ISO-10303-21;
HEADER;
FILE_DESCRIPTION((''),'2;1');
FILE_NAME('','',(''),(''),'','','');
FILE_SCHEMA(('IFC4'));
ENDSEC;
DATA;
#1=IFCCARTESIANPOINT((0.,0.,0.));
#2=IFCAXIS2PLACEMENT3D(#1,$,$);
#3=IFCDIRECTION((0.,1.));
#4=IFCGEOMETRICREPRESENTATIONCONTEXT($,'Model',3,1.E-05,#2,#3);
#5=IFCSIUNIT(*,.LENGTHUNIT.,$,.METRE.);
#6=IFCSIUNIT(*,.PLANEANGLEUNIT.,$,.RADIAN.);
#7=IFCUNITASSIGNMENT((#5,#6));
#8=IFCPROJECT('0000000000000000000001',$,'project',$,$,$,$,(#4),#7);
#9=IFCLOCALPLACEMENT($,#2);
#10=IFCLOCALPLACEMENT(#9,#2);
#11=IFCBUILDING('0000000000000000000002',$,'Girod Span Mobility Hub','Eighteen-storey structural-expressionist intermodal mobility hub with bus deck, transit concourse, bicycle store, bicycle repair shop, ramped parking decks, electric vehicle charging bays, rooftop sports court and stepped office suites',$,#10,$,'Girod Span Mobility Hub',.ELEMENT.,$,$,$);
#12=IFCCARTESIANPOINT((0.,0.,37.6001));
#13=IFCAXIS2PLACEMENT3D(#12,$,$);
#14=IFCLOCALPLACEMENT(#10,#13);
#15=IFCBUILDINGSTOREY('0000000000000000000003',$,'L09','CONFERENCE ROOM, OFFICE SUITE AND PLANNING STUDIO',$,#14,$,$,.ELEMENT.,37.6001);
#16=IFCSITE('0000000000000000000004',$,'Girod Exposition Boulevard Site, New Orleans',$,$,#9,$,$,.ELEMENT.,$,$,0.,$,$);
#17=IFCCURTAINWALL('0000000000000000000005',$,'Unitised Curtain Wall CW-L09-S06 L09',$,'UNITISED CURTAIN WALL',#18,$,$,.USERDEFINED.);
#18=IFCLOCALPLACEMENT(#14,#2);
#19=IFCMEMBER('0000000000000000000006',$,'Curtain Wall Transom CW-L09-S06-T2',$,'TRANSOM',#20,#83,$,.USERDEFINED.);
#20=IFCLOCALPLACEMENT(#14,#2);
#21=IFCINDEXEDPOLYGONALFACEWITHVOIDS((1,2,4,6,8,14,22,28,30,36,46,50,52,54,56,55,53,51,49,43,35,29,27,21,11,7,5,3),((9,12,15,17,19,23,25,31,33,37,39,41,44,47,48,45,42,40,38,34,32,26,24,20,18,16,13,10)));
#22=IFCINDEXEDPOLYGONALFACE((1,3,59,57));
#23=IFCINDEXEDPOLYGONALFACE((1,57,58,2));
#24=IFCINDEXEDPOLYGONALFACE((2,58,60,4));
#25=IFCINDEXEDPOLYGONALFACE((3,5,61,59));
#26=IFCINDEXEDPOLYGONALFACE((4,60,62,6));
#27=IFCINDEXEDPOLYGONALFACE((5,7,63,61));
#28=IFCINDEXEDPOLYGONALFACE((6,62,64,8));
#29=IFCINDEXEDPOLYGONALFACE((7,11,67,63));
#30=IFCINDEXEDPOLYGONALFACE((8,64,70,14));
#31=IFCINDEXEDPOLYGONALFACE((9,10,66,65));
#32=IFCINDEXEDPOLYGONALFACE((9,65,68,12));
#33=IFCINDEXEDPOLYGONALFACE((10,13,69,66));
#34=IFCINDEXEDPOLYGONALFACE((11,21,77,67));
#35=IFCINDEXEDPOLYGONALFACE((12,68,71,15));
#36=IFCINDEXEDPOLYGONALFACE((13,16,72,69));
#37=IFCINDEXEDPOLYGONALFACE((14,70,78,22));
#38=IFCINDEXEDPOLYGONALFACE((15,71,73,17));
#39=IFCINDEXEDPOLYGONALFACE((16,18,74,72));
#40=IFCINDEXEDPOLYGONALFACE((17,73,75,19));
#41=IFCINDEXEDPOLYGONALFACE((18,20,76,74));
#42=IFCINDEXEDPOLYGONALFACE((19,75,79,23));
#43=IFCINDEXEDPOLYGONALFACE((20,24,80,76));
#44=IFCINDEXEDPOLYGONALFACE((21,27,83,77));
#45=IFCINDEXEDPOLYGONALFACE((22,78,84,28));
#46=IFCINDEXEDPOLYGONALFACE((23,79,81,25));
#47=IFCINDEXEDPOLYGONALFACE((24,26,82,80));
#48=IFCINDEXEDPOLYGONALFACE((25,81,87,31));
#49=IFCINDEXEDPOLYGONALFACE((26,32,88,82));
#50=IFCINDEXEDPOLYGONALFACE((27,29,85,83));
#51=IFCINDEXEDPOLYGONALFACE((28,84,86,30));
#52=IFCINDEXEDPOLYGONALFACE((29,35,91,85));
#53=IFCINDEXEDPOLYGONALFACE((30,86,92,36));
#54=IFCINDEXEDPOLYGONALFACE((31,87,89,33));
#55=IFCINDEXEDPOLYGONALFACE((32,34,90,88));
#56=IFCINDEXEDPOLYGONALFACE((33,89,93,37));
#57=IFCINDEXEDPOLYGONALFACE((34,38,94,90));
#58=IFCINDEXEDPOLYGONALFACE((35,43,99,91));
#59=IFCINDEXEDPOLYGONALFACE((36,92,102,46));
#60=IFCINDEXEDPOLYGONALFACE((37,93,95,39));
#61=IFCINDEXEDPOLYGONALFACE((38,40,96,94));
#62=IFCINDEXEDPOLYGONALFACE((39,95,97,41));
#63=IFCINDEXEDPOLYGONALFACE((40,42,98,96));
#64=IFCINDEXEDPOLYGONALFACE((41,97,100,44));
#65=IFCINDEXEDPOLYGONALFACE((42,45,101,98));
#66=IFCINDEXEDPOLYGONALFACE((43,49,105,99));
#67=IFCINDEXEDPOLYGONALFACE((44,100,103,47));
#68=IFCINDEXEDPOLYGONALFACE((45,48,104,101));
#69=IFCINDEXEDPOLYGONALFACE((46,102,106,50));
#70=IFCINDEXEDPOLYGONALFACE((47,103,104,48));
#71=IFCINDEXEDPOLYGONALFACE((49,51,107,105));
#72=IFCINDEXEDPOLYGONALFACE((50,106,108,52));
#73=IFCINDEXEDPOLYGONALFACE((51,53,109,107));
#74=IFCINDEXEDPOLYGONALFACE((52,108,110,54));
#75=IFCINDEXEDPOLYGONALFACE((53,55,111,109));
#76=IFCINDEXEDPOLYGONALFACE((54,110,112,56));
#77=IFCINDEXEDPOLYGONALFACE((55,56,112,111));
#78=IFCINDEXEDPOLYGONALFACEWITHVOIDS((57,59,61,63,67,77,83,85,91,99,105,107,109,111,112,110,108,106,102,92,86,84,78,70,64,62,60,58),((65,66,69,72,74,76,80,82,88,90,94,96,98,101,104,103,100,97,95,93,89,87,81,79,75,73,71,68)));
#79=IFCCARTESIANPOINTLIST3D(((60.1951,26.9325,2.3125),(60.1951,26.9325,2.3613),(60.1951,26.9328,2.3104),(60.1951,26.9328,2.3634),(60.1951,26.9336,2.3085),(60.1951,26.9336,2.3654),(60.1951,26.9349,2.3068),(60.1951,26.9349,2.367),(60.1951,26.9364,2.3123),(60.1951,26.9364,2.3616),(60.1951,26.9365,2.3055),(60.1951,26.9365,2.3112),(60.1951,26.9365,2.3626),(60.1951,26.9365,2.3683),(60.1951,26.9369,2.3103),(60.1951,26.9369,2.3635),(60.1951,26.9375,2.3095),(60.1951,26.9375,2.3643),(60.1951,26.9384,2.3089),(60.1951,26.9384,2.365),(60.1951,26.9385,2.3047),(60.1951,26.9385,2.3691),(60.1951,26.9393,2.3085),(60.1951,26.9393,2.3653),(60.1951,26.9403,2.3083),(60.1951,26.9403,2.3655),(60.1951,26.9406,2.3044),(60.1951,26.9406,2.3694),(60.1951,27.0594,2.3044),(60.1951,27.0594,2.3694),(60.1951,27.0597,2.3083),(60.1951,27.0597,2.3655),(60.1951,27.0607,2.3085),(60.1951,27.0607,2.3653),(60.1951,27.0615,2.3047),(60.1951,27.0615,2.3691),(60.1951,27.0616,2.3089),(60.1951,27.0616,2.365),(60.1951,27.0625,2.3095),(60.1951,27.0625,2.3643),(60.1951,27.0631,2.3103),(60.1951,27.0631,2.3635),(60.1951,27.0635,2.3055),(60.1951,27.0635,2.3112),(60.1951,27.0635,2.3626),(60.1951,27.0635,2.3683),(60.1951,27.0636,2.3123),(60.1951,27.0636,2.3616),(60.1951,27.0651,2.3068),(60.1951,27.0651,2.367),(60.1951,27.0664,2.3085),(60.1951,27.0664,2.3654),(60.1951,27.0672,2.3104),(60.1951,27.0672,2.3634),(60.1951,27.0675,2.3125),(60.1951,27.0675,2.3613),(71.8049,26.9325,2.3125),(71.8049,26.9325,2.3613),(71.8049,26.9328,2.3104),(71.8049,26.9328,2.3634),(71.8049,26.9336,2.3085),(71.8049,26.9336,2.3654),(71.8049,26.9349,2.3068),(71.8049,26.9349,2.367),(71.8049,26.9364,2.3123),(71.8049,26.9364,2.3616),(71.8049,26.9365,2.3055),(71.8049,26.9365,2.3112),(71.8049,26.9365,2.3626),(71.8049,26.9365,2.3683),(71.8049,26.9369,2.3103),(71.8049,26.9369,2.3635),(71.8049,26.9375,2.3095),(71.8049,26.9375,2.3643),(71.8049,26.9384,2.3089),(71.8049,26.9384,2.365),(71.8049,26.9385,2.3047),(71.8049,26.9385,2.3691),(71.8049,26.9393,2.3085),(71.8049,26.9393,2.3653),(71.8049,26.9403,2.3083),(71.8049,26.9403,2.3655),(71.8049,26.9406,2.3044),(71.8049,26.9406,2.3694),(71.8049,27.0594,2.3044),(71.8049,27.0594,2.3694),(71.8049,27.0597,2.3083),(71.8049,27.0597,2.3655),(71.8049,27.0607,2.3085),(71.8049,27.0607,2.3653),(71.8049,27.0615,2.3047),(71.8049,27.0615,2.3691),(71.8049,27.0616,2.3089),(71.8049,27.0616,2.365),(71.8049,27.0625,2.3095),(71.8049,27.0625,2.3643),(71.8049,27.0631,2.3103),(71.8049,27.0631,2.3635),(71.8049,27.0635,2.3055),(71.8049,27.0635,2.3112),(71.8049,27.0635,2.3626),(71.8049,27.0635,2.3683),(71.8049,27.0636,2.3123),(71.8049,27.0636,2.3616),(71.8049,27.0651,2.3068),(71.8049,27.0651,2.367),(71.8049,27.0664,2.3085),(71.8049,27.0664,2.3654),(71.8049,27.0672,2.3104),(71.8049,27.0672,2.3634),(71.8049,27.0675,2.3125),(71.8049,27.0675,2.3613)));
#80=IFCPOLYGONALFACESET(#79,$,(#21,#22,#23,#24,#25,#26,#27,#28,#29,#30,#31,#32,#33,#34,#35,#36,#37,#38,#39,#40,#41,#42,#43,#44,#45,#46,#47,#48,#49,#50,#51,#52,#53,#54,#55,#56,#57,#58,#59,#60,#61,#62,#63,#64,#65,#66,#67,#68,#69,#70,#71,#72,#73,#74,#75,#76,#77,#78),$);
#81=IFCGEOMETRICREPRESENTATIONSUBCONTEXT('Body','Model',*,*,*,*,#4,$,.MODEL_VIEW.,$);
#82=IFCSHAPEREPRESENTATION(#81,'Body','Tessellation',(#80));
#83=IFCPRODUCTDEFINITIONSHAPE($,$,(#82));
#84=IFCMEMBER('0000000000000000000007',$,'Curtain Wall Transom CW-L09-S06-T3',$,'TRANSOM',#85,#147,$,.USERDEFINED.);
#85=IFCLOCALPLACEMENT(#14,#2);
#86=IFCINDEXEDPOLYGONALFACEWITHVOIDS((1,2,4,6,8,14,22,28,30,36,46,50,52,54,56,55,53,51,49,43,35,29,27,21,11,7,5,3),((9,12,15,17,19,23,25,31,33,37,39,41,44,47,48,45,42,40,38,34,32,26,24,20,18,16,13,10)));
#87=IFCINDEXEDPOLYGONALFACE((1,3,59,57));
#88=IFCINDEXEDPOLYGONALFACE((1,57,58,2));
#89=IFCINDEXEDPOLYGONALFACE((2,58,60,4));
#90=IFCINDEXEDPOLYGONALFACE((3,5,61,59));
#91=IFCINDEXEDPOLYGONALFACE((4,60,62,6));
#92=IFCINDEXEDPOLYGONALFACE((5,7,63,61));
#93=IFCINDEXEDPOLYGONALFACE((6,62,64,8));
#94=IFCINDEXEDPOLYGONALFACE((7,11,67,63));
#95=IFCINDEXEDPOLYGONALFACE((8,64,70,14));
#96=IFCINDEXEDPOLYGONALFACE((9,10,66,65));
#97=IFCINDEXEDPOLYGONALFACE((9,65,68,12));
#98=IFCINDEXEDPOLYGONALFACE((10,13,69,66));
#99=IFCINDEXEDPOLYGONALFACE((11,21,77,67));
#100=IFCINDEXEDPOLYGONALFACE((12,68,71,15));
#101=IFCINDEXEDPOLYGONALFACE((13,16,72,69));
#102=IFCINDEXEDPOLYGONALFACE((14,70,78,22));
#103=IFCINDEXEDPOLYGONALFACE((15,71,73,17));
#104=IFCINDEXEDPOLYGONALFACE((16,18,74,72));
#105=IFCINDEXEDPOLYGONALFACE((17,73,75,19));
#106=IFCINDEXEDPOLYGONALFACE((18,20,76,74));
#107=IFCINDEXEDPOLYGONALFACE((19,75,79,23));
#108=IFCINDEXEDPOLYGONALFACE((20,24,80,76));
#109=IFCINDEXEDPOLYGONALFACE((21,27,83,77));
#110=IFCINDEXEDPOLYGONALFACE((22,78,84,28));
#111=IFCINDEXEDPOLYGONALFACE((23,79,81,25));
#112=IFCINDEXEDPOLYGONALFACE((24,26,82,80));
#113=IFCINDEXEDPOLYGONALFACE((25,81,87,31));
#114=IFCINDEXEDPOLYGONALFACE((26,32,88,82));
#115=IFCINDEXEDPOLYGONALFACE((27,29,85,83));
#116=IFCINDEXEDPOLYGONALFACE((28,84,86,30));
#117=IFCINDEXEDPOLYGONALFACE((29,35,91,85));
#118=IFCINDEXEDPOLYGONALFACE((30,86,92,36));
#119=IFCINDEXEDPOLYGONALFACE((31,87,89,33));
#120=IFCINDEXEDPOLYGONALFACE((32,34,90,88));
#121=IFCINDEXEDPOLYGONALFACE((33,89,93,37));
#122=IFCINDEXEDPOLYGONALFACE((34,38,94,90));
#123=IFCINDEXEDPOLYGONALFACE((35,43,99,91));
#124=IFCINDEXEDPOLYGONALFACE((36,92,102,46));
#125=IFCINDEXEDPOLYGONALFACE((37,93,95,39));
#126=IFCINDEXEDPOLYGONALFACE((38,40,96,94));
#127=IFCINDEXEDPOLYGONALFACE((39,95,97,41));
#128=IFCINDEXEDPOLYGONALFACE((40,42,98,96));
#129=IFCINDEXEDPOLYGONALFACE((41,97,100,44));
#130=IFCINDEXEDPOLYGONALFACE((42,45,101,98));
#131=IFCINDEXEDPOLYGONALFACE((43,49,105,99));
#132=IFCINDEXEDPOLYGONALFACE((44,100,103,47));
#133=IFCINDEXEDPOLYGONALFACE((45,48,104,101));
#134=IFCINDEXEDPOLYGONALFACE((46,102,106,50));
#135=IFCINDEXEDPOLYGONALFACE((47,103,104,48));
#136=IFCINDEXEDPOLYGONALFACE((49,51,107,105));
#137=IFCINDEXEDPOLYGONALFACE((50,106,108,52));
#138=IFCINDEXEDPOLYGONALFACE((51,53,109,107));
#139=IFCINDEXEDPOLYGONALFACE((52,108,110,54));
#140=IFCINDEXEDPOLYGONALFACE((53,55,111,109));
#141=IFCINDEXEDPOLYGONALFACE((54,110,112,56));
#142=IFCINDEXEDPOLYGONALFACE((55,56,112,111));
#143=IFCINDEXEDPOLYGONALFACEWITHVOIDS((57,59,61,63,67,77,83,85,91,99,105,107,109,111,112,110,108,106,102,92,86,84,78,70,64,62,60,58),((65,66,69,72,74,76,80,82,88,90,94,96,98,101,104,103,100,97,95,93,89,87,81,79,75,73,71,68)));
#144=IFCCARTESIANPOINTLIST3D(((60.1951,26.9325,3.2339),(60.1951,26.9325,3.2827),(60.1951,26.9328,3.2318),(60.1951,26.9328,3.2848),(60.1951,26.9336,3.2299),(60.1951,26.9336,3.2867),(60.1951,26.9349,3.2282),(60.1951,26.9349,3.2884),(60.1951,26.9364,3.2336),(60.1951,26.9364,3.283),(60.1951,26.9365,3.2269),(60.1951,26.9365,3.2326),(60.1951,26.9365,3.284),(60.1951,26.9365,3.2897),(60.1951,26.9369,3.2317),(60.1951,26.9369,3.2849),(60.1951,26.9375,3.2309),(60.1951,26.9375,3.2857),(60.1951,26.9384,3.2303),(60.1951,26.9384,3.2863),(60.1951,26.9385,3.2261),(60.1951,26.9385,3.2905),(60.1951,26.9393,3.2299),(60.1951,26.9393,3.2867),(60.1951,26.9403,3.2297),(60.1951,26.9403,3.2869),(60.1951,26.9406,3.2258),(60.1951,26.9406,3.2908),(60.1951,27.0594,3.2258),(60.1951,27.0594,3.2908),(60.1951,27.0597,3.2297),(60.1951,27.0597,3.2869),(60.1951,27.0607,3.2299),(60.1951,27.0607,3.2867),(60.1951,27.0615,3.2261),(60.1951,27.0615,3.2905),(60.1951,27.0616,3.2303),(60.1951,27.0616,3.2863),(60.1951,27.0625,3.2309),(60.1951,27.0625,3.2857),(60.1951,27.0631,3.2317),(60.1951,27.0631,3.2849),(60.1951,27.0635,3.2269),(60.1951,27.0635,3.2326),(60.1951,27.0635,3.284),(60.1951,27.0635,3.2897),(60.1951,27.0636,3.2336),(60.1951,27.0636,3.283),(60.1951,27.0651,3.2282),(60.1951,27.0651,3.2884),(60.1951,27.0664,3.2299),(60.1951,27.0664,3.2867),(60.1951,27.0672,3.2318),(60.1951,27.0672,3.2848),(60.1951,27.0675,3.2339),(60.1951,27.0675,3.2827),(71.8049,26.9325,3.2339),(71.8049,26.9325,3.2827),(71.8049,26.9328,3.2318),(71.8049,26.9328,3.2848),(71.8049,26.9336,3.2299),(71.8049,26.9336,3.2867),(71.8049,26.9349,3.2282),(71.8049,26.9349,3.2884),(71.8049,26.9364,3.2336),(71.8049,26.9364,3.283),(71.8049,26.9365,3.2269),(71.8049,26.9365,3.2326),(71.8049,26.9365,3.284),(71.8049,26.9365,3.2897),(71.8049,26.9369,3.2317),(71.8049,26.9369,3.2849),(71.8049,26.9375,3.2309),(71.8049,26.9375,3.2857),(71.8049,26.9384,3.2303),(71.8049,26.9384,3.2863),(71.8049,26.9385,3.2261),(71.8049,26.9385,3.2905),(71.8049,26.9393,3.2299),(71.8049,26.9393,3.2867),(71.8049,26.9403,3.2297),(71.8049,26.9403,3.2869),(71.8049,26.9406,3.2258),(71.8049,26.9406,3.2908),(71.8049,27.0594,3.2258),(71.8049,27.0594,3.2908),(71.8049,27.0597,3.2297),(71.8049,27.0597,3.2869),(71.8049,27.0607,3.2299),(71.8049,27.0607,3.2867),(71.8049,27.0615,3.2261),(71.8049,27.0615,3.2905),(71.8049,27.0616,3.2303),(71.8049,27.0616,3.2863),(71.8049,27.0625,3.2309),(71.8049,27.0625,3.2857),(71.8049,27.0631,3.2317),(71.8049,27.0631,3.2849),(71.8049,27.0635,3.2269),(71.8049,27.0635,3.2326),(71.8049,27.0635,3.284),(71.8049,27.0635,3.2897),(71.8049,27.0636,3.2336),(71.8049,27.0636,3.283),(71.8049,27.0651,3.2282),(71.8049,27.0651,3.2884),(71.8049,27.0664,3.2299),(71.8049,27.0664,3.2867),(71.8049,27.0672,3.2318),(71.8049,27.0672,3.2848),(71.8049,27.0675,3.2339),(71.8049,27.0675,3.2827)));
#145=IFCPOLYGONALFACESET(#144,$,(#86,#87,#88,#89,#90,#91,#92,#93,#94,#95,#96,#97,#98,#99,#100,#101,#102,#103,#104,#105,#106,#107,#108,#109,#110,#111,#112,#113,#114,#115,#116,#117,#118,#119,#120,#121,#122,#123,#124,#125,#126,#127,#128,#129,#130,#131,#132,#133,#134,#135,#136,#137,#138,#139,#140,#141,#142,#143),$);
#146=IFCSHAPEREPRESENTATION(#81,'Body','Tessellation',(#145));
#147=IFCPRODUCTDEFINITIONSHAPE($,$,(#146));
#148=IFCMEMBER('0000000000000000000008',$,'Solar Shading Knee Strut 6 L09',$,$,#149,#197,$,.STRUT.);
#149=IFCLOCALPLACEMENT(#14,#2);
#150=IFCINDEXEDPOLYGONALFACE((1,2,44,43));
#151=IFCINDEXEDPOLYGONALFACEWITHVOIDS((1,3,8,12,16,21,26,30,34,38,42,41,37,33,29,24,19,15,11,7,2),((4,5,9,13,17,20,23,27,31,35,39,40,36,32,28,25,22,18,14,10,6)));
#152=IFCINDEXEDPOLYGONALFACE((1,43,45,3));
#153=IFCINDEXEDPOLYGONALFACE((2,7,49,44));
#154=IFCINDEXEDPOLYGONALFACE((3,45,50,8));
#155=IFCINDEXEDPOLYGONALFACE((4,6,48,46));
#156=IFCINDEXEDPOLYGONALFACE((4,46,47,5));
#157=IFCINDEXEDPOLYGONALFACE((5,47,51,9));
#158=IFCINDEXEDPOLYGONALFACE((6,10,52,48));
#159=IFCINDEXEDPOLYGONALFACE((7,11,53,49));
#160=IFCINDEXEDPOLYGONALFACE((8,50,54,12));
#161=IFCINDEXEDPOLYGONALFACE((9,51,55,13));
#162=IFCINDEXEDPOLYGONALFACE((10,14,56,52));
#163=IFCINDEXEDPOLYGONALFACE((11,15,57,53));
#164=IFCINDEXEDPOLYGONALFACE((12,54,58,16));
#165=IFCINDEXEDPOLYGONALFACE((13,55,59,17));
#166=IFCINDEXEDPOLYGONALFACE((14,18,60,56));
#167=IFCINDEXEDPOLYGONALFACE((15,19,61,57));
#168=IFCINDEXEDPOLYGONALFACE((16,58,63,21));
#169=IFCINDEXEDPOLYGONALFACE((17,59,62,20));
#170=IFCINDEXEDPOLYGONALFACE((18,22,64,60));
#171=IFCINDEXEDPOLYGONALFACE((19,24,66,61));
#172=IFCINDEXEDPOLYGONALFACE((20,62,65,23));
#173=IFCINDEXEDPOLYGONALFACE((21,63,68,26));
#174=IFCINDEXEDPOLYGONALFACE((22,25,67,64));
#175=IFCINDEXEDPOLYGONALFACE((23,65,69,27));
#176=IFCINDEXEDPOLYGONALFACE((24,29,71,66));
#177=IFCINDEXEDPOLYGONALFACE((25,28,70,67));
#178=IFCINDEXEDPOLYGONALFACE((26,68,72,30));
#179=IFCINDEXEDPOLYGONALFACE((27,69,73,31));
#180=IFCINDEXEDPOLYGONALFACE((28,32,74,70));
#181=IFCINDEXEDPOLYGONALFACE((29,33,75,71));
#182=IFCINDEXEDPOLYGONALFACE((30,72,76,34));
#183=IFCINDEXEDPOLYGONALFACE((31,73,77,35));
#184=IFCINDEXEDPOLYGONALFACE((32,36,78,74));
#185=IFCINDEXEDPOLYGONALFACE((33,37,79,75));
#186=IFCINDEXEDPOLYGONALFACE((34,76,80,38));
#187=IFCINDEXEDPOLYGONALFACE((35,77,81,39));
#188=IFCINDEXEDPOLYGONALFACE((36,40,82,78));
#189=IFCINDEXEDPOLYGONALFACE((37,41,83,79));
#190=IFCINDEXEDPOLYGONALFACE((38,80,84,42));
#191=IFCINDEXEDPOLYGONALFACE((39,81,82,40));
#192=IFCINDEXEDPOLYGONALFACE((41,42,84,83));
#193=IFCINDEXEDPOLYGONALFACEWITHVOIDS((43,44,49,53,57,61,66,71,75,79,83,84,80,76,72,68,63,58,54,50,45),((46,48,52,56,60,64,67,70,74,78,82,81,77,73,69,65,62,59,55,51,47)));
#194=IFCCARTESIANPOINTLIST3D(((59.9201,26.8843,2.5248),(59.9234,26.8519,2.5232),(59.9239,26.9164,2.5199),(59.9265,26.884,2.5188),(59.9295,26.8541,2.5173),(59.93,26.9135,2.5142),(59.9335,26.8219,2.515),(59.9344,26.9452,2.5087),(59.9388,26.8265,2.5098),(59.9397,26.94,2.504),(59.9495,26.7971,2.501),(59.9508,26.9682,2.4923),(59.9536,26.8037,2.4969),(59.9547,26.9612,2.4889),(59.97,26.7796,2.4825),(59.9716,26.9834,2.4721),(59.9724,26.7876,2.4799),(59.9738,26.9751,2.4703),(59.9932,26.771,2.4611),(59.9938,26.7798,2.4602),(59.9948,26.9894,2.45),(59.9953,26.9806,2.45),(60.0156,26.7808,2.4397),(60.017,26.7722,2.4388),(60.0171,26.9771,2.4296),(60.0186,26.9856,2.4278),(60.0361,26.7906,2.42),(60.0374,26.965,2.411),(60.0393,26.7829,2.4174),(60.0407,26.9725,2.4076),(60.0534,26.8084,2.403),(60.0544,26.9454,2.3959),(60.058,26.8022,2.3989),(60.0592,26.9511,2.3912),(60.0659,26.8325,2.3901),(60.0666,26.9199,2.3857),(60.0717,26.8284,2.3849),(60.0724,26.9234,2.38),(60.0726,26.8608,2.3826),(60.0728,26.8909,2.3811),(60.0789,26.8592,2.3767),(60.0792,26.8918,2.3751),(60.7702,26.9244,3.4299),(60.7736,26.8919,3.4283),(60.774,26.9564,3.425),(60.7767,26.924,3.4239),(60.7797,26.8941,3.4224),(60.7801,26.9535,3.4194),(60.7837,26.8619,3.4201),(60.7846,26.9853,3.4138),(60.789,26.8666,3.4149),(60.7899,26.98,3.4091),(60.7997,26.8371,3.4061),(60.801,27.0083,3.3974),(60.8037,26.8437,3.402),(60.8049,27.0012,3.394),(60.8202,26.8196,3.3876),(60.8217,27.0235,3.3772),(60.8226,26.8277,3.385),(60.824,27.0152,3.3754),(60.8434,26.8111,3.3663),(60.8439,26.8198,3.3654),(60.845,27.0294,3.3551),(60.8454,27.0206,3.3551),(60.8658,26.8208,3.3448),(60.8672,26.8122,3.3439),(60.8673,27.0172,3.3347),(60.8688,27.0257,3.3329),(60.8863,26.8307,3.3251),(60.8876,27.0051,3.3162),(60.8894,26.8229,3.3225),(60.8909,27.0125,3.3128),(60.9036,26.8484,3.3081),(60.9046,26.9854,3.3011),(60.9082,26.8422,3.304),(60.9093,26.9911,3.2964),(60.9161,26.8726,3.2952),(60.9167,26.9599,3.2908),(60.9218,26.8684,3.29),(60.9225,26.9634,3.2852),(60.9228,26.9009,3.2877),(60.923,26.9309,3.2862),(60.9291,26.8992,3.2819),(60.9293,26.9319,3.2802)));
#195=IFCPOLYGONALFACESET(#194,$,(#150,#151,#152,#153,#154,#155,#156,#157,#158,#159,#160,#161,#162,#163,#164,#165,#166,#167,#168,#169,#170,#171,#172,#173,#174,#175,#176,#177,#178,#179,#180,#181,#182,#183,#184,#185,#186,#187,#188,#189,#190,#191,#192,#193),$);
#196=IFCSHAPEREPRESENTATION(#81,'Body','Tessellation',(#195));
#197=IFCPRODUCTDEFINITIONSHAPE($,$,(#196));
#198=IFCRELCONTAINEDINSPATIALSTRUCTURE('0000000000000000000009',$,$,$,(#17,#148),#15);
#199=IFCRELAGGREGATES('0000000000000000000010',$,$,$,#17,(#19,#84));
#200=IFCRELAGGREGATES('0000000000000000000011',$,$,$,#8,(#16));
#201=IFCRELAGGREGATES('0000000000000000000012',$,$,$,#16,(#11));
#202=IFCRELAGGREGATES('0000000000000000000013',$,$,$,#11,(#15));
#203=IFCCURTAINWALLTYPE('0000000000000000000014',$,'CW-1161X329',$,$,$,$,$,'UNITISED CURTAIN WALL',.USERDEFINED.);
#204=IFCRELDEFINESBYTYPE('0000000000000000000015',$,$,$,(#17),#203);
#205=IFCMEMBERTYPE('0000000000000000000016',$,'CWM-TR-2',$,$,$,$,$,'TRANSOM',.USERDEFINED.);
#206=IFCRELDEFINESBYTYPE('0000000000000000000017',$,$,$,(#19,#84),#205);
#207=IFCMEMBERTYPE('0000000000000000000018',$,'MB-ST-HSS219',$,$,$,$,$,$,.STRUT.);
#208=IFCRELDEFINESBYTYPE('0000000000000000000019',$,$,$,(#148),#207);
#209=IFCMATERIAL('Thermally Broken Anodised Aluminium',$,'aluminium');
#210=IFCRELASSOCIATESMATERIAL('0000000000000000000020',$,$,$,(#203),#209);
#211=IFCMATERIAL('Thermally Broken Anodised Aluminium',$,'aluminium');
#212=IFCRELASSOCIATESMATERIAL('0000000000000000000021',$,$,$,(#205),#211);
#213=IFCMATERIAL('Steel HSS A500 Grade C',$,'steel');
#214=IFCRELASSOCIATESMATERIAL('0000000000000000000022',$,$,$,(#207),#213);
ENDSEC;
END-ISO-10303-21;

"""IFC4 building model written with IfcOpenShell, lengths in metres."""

from ifc_helpers import new_model, si_unit, direction, frame, origin, origin_2d, place, context, subcontext, project, spatial, hollow_rectangle, hollow_circle, extrude, material, material_profile, profile_set, type_object, element, aggregate, save


model = new_model("IFC4")

# Units and contexts
model_context = context("Model", 3, precision=1e-05, world=origin(), true_north=direction((0.0, 1.0)))
body_context = subcontext(model_context, "Body", "Model", "MODEL_VIEW")
ifc_project = project(units=[si_unit("LENGTHUNIT", "METRE"), si_unit("PLANEANGLEUNIT", "RADIAN")], contexts=[model_context])

# Site, building, storey
site_placement = place(None, origin())
site = spatial("IfcSite", under=ifc_project, at=site_placement, Name="Girod Exposition Boulevard Site, New Orleans", CompositionType="ELEMENT", RefElevation=0.0)
building_placement = place(site_placement, origin())
building = spatial("IfcBuilding", under=site, at=building_placement, Name="Girod Span Mobility Hub", Description="Eighteen-storey structural-expressionist intermodal mobility hub with bus deck, transit concourse, bicycle store, bicycle repair shop, ramped parking decks, electric vehicle charging bays, rooftop sports court and stepped office suites", LongName="Girod Span Mobility Hub", CompositionType="ELEMENT")
storey_placement = place(building_placement, frame((0.0, 0.0, 37.6001)))
storey = spatial("IfcBuildingStorey", under=building, at=storey_placement, Name="L09", Description="CONFERENCE ROOM, OFFICE SUITE AND PLANNING STUDIO", CompositionType="ELEMENT", Elevation=37.6001)

# Curtain wall, members
ifc_material_1 = material(Name="Thermally Broken Anodised Aluminium", Category="aluminium")
curtain_wall_type = type_object("IfcCurtainWallType", Name="CW-1161X329", ElementType="UNITISED CURTAIN WALL", PredefinedType="USERDEFINED", material=ifc_material_1)
curtain_wall_1_placement = place(storey_placement, origin())
curtain_wall_1 = element("IfcCurtainWall", 1, at=curtain_wall_1_placement, inside=storey, type_object=curtain_wall_type, Name="Unitised Curtain Wall CW-L09-S06 L09", ObjectType="UNITISED CURTAIN WALL", PredefinedType="USERDEFINED")
ifc_material_2 = material(Name="Thermally Broken Anodised Aluminium", Category="aluminium")
ifc_material_profile_1 = material_profile(ifc_material_2, hollow_rectangle(XDim=0.135, YDim=0.0649, WallThickness=0.0039, InnerFilletRadius=0.0039, OuterFilletRadius=0.0081, at=origin_2d()), Name="CW-TR-65X135")
ifc_profile_set_1 = profile_set([ifc_material_profile_1], Name="Thermally Broken Anodised Aluminium")
member_type_1 = type_object("IfcMemberType", Name="CWM-TR-2", ElementType="TRANSOM", PredefinedType="USERDEFINED", material=ifc_profile_set_1)
member_1_placement = place(storey_placement, frame((60.1951, 27.0, 2.3369), z_axis=(1.0, 0.0, 0.0), x_axis=(0.0, 1.0, 0.0)))
member_1 = element("IfcMember", 2, at=member_1_placement, type_object=member_type_1, Name="Curtain Wall Transom CW-L09-S06-T2", ObjectType="TRANSOM", PredefinedType="USERDEFINED", context=body_context, shape_type="SweptSolid", body=[
    extrude(hollow_rectangle(XDim=0.135, YDim=0.0649, WallThickness=0.0039, InnerFilletRadius=0.0039, OuterFilletRadius=0.0081, at=origin_2d()), origin(), (0.0, 0.0, 1.0), 11.6099),
])
member_2_placement = place(storey_placement, frame((60.1951, 27.0, 3.2583), z_axis=(1.0, 0.0, 0.0), x_axis=(0.0, 1.0, 0.0)))
member_2 = element("IfcMember", 3, at=member_2_placement, type_object=member_type_1, Name="Curtain Wall Transom CW-L09-S06-T3", ObjectType="TRANSOM", PredefinedType="USERDEFINED", context=body_context, shape_type="SweptSolid", body=[
    extrude(hollow_rectangle(XDim=0.135, YDim=0.0649, WallThickness=0.0039, InnerFilletRadius=0.0039, OuterFilletRadius=0.0081, at=origin_2d()), origin(), (0.0, 0.0, 1.0), 11.6099),
])

# Member
ifc_material_3 = material(Name="Steel HSS A500 Grade C", Category="steel")
ifc_material_profile_2 = material_profile(ifc_material_3, hollow_circle(Radius=0.1096, WallThickness=0.0088, at=origin_2d()), Name="HSS219X9.5")
ifc_profile_set_2 = profile_set([ifc_material_profile_2], Name="Steel HSS A500 Grade C")
member_type_2 = type_object("IfcMemberType", Name="MB-ST-HSS219", PredefinedType="STRUT", material=ifc_profile_set_2)
for number, where, z_axis, x_axis, name in (
    (4, (60.0, 26.8799, 2.45), (0.684285, 0.032229, 0.728502), (-0.047047, 0.998893, 0.0), "Solar Shading Knee Strut 6 L09"),
):
    element("IfcMember", number, at=place(storey_placement, frame(where, z_axis=z_axis, x_axis=x_axis)), inside=storey, type_object=member_type_2, Name=name, PredefinedType="STRUT", context=body_context, shape_type="SweptSolid", body=[
        extrude(hollow_circle(Radius=0.1096, WallThickness=0.0088, at=origin_2d()), origin(), (0.0, 0.0, 1.0), 1.2424),
    ])

aggregate(curtain_wall_1, [member_1, member_2])

save(model, "model.ifc")
